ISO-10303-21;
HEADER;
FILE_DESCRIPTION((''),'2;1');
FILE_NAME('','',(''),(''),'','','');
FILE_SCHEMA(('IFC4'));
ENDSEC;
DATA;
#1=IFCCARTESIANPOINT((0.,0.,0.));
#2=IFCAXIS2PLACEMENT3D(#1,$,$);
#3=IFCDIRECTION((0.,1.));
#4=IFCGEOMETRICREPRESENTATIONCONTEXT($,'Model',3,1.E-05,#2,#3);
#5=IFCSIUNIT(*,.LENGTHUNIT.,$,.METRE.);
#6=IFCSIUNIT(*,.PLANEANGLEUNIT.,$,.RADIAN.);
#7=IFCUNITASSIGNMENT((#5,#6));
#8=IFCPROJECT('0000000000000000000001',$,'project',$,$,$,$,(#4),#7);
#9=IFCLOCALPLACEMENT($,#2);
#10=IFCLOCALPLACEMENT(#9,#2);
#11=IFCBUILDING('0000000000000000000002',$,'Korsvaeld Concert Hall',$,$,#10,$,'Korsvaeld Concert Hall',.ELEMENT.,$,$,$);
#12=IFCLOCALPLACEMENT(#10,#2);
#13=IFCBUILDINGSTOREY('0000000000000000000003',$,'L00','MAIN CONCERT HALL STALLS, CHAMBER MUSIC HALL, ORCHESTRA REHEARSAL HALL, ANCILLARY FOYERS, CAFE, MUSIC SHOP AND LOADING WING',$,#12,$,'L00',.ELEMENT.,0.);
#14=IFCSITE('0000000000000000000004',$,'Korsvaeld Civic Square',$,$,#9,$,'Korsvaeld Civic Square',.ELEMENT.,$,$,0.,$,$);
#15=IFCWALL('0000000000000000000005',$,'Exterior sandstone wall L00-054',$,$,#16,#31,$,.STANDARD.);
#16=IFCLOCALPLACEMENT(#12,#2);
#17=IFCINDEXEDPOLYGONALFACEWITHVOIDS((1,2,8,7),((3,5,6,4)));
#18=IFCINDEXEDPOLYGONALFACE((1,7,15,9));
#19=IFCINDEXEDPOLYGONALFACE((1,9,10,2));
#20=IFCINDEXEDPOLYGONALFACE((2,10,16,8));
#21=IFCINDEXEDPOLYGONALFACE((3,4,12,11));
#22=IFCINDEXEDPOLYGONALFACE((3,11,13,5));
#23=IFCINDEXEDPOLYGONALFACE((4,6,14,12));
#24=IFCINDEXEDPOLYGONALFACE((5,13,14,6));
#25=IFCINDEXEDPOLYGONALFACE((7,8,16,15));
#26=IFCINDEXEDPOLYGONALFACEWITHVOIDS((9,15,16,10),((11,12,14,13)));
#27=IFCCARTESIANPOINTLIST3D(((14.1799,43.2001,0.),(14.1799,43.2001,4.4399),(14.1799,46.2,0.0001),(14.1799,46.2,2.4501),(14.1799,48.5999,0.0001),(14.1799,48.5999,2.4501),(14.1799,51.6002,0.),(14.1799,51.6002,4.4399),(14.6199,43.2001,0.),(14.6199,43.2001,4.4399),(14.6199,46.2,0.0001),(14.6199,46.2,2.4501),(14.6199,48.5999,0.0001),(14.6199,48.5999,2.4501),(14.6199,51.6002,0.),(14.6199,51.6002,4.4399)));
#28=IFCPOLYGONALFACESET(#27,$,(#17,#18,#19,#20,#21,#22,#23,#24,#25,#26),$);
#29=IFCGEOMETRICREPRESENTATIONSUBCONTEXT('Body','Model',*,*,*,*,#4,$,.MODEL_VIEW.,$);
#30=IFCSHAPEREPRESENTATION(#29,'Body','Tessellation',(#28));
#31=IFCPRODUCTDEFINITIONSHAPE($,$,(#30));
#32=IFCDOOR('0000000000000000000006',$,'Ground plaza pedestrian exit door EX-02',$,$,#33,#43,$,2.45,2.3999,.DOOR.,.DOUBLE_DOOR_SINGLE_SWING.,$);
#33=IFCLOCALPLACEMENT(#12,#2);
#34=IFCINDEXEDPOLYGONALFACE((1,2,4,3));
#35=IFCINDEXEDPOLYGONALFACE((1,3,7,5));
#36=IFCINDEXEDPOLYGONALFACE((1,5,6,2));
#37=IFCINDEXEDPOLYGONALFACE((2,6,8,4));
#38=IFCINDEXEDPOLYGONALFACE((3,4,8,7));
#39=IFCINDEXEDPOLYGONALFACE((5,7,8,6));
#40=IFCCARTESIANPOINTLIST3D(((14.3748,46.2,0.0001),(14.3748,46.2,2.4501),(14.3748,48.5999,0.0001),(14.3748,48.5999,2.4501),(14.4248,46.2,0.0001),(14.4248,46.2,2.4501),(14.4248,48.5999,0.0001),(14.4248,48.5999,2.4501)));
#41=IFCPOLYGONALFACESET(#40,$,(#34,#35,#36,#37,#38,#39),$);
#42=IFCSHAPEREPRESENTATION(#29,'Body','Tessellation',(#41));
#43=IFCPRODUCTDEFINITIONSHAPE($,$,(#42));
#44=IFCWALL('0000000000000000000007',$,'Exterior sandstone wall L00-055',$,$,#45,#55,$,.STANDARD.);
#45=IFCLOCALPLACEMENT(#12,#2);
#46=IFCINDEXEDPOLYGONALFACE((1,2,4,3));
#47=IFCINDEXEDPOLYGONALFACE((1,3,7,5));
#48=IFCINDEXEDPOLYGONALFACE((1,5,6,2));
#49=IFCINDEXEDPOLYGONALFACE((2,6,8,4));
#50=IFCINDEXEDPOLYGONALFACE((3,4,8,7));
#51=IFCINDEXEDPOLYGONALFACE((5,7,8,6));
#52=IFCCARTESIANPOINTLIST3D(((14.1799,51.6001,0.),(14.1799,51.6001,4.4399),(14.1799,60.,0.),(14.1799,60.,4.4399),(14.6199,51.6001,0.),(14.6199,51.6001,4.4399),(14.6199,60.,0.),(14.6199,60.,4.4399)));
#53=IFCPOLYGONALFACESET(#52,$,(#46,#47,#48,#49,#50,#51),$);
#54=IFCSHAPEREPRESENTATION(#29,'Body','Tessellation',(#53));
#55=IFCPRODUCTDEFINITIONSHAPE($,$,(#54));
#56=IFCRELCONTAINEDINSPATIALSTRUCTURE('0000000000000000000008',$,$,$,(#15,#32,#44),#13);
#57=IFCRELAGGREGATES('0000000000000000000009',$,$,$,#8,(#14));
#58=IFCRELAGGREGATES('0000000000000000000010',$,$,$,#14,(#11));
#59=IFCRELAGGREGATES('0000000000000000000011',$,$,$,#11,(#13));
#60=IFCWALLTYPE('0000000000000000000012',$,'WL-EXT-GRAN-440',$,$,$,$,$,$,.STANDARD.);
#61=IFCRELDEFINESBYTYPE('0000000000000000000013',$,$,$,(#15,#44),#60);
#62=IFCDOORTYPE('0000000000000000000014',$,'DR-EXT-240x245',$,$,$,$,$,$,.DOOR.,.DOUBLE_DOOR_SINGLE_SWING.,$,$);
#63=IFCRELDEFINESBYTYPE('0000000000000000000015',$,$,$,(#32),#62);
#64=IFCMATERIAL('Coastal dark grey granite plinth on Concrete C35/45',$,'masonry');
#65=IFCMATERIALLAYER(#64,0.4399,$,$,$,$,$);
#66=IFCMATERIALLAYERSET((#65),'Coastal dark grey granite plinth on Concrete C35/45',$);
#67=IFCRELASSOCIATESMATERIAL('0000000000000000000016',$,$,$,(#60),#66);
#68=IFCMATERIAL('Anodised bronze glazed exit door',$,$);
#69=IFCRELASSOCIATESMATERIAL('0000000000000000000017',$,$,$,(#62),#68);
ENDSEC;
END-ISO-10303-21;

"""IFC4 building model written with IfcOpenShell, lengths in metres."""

from ifc_helpers import new_model, si_unit, direction, frame, frame_2d, origin, place, context, subcontext, project, spatial, rectangle, extrude, material, layer, layer_set, type_object, element, fill, save


model = new_model("IFC4")

# Units and contexts
model_context = context("Model", 3, precision=1e-05, world=origin(), true_north=direction((0.0, 1.0)))
body_context = subcontext(model_context, "Body", "Model", "MODEL_VIEW")
ifc_project = project(units=[si_unit("LENGTHUNIT", "METRE"), si_unit("PLANEANGLEUNIT", "RADIAN")], contexts=[model_context])

# Site, building, storey
site_placement = place(None, origin())
site = spatial("IfcSite", under=ifc_project, at=site_placement, Name="Korsvaeld Civic Square", LongName="Korsvaeld Civic Square", CompositionType="ELEMENT", RefElevation=0.0)
building_placement = place(site_placement, origin())
building = spatial("IfcBuilding", under=site, at=building_placement, Name="Korsvaeld Concert Hall", LongName="Korsvaeld Concert Hall", CompositionType="ELEMENT")
storey_placement = place(building_placement, origin())
storey = spatial("IfcBuildingStorey", under=building, at=storey_placement, Name="L00", Description="MAIN CONCERT HALL STALLS, CHAMBER MUSIC HALL, ORCHESTRA REHEARSAL HALL, ANCILLARY FOYERS, CAFE, MUSIC SHOP AND LOADING WING", LongName="L00", CompositionType="ELEMENT", Elevation=0.0)

# Wall, opening, door
ifc_material_1 = material(Name="Coastal dark grey granite plinth on Concrete C35/45", Category="masonry")
ifc_layer_1 = layer(ifc_material_1, 0.4399)
ifc_layer_set_1 = layer_set([ifc_layer_1], Name="Coastal dark grey granite plinth on Concrete C35/45")
wall_type = type_object("IfcWallType", Name="WL-EXT-GRAN-440", PredefinedType="STANDARD", material=ifc_layer_set_1)
ifc_material_2 = material(Name="Anodised bronze glazed exit door")
door_type = type_object("IfcDoorType", Name="DR-EXT-240x245", OperationType="DOUBLE_DOOR_SINGLE_SWING", PredefinedType="DOOR", material=ifc_material_2)
wall_1_placement = place(storey_placement, frame((14.3999, 43.2, 0.0), z_axis=(0.0, 0.0, 1.0), x_axis=(0.0, 1.0, 0.0)))
wall_1 = element("IfcWall", 1, at=wall_1_placement, inside=storey, type_object=wall_type, Name="Exterior sandstone wall L00-054", PredefinedType="STANDARD", context=body_context, shape_type="SweptSolid", body=[
    extrude(rectangle(XDim=8.4001, YDim=0.4399, at=frame_2d((4.2002, 0.0))), origin(), (0.0, 0.0, 1.0), 4.4399),
])
opening_1_placement = place(wall_1_placement, frame((3.0, 0.0, 0.0)))
opening_1 = element("IfcOpeningElement", 2, at=opening_1_placement, cuts=wall_1, PredefinedType="OPENING", context=body_context, shape_type="SweptSolid", body=[
    extrude(rectangle(XDim=2.3999, YDim=2.45, at=frame_2d((1.2, 1.2251))), frame((0.0, 0.23, 0.0), z_axis=(0.0, -1.0, 0.0), x_axis=(1.0, 0.0, 0.0)), (0.0, 0.0, 1.0), 0.46),
])
door_1_placement = place(opening_1_placement, frame((2.3999, 0.0, 0.0), z_axis=(0.0, 0.0, 1.0), x_axis=(-1.0, 0.0, 0.0)))
door_1 = element("IfcDoor", 3, at=door_1_placement, inside=storey, type_object=door_type, Name="Ground plaza pedestrian exit door EX-02", OperationType="DOUBLE_DOOR_SINGLE_SWING", OverallHeight=2.45, OverallWidth=2.3999, PredefinedType="DOOR", context=body_context, shape_type="SweptSolid", body=[
    extrude(rectangle(XDim=2.3999, YDim=2.45, at=frame_2d((1.2, 1.2251))), frame((0.0, 0.0249, 0.0), z_axis=(0.0, -1.0, 0.0), x_axis=(1.0, 0.0, 0.0)), (0.0, 0.0, 1.0), 0.05),
])
fill(opening_1, door_1)

# Wall
wall_2_placement = place(storey_placement, frame((14.3999, 51.6001, 0.0), z_axis=(0.0, 0.0, 1.0), x_axis=(0.0, 1.0, 0.0)))
element("IfcWall", 4, at=wall_2_placement, inside=storey, type_object=wall_type, Name="Exterior sandstone wall L00-055", PredefinedType="STANDARD", context=body_context, shape_type="SweptSolid", body=[
    extrude(rectangle(XDim=8.3999, YDim=0.4399, at=frame_2d((4.2, 0.0))), origin(), (0.0, 0.0, 1.0), 4.4399),
])

save(model, "model.ifc")
